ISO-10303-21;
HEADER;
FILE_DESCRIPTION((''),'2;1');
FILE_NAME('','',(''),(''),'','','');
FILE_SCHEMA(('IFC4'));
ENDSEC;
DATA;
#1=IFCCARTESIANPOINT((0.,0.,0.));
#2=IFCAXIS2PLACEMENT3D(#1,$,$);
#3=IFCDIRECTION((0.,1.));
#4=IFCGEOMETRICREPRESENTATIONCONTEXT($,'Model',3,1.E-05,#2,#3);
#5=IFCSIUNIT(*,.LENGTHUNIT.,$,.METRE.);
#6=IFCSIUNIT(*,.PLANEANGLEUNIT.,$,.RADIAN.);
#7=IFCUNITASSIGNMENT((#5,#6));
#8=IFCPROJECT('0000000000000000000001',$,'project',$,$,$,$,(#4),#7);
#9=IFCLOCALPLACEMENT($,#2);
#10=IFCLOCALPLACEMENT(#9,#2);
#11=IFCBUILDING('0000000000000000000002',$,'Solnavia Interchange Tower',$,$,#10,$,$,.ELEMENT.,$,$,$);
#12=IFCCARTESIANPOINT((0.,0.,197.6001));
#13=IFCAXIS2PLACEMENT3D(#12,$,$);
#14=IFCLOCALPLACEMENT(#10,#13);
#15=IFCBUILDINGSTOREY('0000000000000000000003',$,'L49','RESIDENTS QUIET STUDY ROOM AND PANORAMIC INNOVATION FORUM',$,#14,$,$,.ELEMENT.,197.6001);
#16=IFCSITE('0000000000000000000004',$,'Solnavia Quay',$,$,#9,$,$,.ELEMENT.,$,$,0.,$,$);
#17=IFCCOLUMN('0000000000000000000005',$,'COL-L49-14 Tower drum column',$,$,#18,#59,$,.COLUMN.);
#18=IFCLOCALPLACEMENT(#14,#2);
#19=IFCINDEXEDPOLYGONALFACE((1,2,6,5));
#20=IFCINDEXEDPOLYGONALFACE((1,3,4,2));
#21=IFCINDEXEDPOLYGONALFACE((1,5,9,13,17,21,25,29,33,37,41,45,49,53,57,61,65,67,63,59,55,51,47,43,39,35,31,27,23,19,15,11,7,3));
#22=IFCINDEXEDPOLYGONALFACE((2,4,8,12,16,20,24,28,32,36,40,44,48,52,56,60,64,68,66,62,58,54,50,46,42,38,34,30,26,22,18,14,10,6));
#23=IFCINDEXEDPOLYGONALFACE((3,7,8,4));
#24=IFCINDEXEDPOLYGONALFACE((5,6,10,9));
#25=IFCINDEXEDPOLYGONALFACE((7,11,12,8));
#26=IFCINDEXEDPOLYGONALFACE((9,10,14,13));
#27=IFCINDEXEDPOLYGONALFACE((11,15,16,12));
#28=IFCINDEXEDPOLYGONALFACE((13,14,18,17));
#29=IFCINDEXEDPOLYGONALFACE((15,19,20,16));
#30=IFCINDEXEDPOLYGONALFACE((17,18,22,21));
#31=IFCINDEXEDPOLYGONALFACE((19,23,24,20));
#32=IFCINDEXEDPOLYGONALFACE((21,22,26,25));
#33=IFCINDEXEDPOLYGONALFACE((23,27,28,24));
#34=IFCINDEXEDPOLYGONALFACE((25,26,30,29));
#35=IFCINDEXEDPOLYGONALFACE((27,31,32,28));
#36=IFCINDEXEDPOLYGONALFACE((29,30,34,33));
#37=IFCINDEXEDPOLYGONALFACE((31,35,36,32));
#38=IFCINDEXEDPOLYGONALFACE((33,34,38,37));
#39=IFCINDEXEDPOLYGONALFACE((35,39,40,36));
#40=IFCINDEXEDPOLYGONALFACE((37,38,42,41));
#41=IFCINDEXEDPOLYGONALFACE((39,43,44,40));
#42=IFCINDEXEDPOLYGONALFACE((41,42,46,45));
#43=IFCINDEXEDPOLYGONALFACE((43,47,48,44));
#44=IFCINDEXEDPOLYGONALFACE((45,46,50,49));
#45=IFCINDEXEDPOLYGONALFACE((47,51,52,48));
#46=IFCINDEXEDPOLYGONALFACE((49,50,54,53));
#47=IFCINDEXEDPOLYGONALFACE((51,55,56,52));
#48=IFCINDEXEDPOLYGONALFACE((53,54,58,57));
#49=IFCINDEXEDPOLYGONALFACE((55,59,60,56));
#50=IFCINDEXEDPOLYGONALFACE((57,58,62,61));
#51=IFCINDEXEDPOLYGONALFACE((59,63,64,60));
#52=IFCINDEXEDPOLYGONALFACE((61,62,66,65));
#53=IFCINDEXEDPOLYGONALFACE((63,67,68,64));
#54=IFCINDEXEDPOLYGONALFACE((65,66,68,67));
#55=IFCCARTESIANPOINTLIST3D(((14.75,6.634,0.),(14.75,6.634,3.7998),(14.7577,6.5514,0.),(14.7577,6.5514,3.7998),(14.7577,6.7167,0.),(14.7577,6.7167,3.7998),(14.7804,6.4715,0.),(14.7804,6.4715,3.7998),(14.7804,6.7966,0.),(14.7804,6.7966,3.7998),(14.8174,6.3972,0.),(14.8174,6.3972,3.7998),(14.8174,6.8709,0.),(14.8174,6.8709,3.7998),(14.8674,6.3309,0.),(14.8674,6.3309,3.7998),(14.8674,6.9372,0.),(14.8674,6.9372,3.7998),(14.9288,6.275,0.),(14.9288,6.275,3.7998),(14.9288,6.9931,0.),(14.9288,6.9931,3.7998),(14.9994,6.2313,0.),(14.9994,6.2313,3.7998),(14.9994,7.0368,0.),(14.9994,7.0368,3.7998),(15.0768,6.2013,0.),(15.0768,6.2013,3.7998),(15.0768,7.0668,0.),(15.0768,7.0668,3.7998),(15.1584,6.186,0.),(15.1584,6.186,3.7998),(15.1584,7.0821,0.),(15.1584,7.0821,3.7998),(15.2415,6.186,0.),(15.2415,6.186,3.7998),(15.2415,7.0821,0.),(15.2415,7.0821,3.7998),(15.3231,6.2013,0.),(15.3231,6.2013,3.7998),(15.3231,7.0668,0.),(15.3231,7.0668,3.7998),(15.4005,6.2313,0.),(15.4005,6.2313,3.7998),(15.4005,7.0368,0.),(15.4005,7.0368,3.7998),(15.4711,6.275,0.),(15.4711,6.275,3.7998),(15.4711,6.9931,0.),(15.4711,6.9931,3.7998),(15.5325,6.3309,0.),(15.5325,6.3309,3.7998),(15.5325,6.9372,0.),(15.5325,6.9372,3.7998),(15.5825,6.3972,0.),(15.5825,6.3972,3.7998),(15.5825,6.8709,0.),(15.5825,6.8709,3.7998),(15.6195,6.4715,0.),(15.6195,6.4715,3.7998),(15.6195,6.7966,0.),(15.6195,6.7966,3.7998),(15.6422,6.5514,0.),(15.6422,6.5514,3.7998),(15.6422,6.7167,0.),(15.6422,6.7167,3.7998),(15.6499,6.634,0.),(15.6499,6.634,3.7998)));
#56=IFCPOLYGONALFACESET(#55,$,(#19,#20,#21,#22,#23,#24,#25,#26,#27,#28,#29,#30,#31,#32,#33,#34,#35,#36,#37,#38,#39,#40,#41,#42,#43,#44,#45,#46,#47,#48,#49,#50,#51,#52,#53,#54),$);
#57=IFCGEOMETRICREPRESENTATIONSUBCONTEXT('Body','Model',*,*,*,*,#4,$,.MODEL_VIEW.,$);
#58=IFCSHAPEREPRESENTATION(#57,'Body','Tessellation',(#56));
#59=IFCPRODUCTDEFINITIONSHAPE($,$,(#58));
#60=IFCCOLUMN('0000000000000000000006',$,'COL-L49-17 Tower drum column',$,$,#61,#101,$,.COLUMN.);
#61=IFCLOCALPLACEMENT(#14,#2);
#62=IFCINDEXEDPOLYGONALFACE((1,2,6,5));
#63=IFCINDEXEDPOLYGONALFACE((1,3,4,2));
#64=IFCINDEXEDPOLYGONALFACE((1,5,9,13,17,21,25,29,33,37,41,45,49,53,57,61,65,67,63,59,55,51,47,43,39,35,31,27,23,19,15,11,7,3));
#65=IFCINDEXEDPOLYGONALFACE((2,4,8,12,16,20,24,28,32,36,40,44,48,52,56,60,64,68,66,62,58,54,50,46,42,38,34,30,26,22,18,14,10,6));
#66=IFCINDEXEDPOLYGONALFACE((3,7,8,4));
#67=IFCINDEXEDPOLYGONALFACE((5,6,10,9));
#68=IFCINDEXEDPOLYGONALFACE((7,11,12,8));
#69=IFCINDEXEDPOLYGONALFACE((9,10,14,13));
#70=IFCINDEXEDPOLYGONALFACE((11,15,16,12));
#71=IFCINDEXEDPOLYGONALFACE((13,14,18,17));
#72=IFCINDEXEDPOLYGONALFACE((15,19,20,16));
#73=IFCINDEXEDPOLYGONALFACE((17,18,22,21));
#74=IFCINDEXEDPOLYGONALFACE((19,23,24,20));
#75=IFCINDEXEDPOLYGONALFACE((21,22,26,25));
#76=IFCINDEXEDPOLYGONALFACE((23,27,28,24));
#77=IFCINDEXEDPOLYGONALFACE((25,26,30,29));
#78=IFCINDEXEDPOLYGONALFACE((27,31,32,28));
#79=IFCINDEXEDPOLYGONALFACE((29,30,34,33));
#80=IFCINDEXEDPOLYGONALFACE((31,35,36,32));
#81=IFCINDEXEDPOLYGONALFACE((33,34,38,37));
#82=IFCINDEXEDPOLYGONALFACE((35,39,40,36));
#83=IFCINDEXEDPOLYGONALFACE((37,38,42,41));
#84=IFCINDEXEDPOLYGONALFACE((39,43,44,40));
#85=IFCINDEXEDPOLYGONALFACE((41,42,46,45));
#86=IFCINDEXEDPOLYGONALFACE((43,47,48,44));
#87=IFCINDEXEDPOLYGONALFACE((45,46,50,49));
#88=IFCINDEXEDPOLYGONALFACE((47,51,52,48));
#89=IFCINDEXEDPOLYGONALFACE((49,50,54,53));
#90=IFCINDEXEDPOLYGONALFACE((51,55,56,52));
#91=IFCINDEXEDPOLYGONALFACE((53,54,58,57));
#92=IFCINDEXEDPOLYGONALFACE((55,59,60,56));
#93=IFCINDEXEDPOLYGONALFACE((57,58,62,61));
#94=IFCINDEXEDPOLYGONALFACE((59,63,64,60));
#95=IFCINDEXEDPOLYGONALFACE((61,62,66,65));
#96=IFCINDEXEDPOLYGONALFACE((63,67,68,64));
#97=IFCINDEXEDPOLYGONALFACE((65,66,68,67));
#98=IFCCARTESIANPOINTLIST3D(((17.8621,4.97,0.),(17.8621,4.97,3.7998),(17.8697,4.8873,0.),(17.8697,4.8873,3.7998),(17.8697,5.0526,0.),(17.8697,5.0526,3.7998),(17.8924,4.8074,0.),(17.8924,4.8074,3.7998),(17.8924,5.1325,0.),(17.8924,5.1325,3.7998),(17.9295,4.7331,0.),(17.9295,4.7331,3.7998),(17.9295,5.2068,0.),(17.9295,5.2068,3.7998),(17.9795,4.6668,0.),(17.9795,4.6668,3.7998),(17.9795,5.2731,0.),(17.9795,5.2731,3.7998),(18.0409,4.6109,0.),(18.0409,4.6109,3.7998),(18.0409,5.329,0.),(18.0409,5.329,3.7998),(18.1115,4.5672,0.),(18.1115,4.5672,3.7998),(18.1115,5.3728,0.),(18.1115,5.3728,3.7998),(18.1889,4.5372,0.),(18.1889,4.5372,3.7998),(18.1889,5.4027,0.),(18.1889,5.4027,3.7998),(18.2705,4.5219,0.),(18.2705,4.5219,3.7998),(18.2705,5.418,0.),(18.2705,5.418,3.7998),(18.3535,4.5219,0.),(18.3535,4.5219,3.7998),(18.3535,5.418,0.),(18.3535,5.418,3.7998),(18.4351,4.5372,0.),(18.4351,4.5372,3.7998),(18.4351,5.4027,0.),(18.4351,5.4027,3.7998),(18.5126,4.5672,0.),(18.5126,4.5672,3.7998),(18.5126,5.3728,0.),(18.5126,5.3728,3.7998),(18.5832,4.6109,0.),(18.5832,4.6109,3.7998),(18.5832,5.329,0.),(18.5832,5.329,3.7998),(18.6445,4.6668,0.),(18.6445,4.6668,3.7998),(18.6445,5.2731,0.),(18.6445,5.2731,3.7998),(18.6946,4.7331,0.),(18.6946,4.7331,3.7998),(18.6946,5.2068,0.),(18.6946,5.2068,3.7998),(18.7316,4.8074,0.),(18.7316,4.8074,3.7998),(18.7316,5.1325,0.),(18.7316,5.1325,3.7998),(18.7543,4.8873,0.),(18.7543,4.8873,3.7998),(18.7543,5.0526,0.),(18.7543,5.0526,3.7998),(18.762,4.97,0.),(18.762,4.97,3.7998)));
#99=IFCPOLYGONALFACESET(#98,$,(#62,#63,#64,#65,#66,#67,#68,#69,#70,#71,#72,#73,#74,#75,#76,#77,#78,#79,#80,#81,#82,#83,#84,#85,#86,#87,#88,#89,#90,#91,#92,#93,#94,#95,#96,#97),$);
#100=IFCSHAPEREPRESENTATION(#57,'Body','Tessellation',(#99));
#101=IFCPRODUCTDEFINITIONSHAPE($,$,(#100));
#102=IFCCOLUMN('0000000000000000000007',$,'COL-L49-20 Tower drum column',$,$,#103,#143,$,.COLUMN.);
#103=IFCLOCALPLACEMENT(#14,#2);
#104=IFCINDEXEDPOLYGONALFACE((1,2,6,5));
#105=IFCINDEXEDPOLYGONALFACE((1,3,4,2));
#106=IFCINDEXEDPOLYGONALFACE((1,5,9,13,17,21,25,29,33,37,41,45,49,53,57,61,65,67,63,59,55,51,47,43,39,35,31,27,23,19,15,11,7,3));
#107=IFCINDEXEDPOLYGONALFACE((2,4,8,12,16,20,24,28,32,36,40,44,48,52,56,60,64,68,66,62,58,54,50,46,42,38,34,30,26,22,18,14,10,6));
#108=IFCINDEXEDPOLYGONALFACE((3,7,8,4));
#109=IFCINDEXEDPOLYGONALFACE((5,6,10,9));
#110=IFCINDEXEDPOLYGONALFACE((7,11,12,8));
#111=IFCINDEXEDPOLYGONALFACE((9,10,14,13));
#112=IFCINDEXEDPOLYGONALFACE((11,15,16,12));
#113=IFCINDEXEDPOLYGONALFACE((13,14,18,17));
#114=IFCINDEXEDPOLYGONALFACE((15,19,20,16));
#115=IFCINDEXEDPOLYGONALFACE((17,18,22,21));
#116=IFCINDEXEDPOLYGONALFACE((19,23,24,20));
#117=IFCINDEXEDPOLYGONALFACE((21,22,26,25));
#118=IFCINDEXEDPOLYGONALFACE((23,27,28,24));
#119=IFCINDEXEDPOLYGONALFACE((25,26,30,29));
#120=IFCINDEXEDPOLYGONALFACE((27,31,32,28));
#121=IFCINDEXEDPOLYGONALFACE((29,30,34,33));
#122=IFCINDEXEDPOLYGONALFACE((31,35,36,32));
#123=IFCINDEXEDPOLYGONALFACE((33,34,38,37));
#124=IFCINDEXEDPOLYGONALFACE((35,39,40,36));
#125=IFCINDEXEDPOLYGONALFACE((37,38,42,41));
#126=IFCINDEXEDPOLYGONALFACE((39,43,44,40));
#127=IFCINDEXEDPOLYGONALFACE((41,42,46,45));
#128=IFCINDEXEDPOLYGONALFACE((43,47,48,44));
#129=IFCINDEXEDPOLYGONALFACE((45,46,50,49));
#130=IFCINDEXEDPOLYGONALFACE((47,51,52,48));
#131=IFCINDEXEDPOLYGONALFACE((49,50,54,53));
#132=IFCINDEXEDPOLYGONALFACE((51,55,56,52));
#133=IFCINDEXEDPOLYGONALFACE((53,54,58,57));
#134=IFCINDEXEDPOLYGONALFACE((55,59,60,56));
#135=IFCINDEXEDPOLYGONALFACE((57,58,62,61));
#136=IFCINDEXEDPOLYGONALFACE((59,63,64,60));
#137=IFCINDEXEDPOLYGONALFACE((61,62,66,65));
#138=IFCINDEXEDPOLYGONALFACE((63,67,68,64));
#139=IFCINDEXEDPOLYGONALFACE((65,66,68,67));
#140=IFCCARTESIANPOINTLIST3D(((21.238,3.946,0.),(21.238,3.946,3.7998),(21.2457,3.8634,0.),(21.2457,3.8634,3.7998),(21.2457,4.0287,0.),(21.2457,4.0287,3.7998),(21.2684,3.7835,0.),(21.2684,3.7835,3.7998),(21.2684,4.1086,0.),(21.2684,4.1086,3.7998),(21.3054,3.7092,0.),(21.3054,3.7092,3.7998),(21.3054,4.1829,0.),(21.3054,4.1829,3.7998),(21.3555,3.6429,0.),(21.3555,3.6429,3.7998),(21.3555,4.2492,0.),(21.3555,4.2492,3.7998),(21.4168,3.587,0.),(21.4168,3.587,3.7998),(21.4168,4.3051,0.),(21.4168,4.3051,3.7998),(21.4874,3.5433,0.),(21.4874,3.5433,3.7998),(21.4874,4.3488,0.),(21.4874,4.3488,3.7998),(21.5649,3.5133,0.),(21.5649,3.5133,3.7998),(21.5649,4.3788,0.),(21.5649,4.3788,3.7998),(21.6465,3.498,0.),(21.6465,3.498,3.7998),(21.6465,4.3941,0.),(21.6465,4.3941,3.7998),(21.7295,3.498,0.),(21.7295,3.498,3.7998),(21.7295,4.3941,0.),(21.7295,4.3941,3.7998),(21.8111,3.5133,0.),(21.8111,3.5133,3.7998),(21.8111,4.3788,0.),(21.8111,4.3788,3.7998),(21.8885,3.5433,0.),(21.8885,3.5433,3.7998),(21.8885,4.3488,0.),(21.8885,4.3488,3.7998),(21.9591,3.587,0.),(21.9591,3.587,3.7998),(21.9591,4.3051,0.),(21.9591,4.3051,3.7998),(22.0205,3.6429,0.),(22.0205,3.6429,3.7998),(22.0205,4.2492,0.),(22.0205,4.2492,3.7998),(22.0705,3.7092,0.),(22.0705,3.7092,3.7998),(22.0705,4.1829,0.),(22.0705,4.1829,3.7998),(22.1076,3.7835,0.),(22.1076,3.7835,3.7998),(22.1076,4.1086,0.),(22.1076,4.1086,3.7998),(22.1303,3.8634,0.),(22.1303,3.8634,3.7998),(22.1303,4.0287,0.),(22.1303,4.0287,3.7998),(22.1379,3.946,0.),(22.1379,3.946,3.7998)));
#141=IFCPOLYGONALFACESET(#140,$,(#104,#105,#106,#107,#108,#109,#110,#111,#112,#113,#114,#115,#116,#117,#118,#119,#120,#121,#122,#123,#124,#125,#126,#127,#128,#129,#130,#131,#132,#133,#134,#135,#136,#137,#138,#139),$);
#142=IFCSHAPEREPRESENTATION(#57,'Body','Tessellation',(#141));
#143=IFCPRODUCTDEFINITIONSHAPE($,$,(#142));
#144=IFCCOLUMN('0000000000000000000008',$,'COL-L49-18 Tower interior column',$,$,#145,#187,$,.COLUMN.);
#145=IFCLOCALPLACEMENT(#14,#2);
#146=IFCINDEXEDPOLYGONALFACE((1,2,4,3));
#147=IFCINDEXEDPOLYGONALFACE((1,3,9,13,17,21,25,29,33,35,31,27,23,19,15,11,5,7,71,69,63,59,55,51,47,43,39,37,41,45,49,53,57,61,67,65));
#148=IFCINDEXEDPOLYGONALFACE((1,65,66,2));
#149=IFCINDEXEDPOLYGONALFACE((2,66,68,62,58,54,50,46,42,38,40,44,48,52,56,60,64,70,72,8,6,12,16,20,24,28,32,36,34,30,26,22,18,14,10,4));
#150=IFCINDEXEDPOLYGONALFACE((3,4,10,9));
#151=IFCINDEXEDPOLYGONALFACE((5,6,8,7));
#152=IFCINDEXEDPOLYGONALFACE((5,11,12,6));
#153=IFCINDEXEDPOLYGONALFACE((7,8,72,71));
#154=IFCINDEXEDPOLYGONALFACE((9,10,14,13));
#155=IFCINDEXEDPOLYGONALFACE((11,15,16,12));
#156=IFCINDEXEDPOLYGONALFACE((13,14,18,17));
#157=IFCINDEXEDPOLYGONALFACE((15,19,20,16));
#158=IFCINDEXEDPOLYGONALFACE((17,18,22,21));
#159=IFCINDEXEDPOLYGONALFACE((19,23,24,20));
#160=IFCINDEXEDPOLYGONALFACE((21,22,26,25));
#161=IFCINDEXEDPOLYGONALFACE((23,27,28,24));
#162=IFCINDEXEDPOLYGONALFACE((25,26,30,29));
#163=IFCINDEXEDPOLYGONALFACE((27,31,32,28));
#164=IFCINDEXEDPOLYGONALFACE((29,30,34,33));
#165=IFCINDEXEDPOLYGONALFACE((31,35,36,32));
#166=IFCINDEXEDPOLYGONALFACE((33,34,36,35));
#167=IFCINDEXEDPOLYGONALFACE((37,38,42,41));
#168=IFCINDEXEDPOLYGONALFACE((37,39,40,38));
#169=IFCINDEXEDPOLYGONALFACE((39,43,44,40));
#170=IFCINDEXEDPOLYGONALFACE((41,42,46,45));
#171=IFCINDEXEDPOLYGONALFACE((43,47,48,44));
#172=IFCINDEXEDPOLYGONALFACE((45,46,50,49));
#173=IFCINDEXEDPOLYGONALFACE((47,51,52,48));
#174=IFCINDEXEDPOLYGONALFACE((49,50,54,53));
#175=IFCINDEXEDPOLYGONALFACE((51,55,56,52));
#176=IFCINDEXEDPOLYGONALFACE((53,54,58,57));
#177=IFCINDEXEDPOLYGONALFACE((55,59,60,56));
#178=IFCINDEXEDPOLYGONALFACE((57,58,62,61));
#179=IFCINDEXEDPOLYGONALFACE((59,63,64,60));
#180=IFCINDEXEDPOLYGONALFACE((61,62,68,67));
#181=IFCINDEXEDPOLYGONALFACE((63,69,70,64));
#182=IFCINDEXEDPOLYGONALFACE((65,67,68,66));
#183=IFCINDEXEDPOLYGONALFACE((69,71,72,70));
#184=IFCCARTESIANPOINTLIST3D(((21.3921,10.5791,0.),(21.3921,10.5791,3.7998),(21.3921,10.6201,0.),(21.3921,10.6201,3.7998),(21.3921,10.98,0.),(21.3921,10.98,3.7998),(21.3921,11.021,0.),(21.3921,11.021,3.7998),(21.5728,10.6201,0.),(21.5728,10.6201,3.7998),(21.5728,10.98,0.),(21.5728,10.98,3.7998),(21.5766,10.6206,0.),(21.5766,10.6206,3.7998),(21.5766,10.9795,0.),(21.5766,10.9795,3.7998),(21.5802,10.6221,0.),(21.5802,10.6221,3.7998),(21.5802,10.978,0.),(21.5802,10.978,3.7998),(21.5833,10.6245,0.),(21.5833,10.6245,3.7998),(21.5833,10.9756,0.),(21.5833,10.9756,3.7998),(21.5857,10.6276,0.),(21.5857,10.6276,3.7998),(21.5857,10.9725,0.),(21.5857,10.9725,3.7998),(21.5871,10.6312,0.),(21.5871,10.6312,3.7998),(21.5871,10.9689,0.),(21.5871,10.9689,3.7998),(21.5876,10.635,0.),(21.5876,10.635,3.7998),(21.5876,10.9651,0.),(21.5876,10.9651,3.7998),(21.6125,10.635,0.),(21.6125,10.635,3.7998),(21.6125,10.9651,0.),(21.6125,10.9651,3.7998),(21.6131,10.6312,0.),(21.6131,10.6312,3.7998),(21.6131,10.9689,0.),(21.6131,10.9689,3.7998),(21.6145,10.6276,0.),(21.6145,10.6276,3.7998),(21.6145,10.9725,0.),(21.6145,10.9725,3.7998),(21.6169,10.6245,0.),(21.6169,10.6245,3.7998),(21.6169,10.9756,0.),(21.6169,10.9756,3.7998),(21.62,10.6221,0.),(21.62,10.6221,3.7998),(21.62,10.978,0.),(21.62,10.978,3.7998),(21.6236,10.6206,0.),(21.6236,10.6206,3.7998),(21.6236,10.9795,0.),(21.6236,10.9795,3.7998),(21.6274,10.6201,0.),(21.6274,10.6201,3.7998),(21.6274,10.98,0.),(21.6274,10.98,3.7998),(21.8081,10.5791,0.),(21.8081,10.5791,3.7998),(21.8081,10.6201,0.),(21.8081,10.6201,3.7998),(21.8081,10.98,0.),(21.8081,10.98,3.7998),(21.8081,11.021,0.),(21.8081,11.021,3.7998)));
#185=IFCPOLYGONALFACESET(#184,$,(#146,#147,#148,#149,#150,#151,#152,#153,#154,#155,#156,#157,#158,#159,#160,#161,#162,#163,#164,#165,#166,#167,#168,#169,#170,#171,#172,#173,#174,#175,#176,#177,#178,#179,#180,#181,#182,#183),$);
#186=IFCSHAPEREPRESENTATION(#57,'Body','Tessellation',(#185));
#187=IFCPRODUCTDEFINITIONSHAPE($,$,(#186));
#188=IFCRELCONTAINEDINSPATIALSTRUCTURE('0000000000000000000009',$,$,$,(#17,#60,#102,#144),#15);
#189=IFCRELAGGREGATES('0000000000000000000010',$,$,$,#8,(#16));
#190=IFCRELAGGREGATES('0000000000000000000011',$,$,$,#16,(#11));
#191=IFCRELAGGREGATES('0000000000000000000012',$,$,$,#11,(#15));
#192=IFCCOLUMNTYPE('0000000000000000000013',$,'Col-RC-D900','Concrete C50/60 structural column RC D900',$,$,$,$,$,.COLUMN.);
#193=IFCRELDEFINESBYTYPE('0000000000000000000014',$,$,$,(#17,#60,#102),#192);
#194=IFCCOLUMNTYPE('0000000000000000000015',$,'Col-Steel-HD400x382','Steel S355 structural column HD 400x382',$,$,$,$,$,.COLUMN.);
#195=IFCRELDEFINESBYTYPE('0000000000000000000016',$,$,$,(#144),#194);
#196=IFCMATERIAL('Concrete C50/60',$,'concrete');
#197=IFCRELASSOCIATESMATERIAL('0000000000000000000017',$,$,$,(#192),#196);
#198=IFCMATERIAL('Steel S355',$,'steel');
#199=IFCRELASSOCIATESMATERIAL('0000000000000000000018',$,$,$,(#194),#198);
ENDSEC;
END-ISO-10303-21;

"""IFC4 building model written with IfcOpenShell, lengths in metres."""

from ifc_helpers import new_model, si_unit, direction, frame, origin, origin_2d, place, context, subcontext, project, spatial, circle, i_section, extrude, material, material_profile, profile_set, type_object, element, save


model = new_model("IFC4")

# Units and contexts
model_context = context("Model", 3, precision=1e-05, world=origin(), true_north=direction((0.0, 1.0)))
body_context = subcontext(model_context, "Body", "Model", "MODEL_VIEW")
ifc_project = project(units=[si_unit("LENGTHUNIT", "METRE"), si_unit("PLANEANGLEUNIT", "RADIAN")], contexts=[model_context])

# Site, building, storey
site_placement = place(None, origin())
site = spatial("IfcSite", under=ifc_project, at=site_placement, Name="Solnavia Quay", CompositionType="ELEMENT", RefElevation=0.0)
building_placement = place(site_placement, origin())
building = spatial("IfcBuilding", under=site, at=building_placement, Name="Solnavia Interchange Tower", CompositionType="ELEMENT")
storey_placement = place(building_placement, frame((0.0, 0.0, 197.6001)))
storey = spatial("IfcBuildingStorey", under=building, at=storey_placement, Name="L49", Description="RESIDENTS QUIET STUDY ROOM AND PANORAMIC INNOVATION FORUM", CompositionType="ELEMENT", Elevation=197.6001)

# Columns
ifc_material_1 = material(Name="Concrete C50/60", Category="concrete")
ifc_material_profile_1 = material_profile(ifc_material_1, circle(Radius=0.45, at=origin_2d()), Name="RC D900")
ifc_profile_set_1 = profile_set([ifc_material_profile_1], Name="Concrete C50/60")
column_type_1 = type_object("IfcColumnType", Name="Col-RC-D900", Description="Concrete C50/60 structural column RC D900", PredefinedType="COLUMN", material=ifc_profile_set_1)
for number, where, z_axis, x_axis, name in (
    (1, (15.2, 6.634, 0.0), (0.0, 0.0, 1.0), (1.0, 0.0, 0.0), "COL-L49-14 Tower drum column"),
    (2, (18.312, 4.97, 0.0), (0.0, 0.0, 1.0), (1.0, 0.0, 0.0), "COL-L49-17 Tower drum column"),
    (3, (21.688, 3.946, 0.0), (0.0, 0.0, 1.0), (1.0, 0.0, 0.0), "COL-L49-20 Tower drum column"),
):
    element("IfcColumn", number, at=place(storey_placement, frame(where, z_axis=z_axis, x_axis=x_axis)), inside=storey, type_object=column_type_1, Name=name, PredefinedType="COLUMN", context=body_context, shape_type="SweptSolid", body=[
        extrude(circle(Radius=0.45, at=origin_2d()), origin(), (0.0, 0.0, 1.0), 3.7998),
    ])
ifc_material_2 = material(Name="Steel S355", Category="steel")
ifc_material_profile_2 = material_profile(ifc_material_2, i_section(OverallWidth=0.416, OverallDepth=0.4419, WebThickness=0.0249, FlangeThickness=0.041, FilletRadius=0.0149, at=origin_2d()), Name="HD 400x382")
ifc_profile_set_2 = profile_set([ifc_material_profile_2], Name="Steel S355")
column_type_2 = type_object("IfcColumnType", Name="Col-Steel-HD400x382", Description="Steel S355 structural column HD 400x382", PredefinedType="COLUMN", material=ifc_profile_set_2)
column_placement = place(storey_placement, frame((21.6001, 10.8, 0.0), z_axis=(0.0, 0.0, 1.0), x_axis=(1.0, 0.0, 0.0)))
element("IfcColumn", 4, at=column_placement, inside=storey, type_object=column_type_2, Name="COL-L49-18 Tower interior column", PredefinedType="COLUMN", context=body_context, shape_type="SweptSolid", body=[
    extrude(i_section(OverallWidth=0.416, OverallDepth=0.4419, WebThickness=0.0249, FlangeThickness=0.041, FilletRadius=0.0149, at=origin_2d()), origin(), (0.0, 0.0, 1.0), 3.7998),
])

save(model, "model.ifc")
